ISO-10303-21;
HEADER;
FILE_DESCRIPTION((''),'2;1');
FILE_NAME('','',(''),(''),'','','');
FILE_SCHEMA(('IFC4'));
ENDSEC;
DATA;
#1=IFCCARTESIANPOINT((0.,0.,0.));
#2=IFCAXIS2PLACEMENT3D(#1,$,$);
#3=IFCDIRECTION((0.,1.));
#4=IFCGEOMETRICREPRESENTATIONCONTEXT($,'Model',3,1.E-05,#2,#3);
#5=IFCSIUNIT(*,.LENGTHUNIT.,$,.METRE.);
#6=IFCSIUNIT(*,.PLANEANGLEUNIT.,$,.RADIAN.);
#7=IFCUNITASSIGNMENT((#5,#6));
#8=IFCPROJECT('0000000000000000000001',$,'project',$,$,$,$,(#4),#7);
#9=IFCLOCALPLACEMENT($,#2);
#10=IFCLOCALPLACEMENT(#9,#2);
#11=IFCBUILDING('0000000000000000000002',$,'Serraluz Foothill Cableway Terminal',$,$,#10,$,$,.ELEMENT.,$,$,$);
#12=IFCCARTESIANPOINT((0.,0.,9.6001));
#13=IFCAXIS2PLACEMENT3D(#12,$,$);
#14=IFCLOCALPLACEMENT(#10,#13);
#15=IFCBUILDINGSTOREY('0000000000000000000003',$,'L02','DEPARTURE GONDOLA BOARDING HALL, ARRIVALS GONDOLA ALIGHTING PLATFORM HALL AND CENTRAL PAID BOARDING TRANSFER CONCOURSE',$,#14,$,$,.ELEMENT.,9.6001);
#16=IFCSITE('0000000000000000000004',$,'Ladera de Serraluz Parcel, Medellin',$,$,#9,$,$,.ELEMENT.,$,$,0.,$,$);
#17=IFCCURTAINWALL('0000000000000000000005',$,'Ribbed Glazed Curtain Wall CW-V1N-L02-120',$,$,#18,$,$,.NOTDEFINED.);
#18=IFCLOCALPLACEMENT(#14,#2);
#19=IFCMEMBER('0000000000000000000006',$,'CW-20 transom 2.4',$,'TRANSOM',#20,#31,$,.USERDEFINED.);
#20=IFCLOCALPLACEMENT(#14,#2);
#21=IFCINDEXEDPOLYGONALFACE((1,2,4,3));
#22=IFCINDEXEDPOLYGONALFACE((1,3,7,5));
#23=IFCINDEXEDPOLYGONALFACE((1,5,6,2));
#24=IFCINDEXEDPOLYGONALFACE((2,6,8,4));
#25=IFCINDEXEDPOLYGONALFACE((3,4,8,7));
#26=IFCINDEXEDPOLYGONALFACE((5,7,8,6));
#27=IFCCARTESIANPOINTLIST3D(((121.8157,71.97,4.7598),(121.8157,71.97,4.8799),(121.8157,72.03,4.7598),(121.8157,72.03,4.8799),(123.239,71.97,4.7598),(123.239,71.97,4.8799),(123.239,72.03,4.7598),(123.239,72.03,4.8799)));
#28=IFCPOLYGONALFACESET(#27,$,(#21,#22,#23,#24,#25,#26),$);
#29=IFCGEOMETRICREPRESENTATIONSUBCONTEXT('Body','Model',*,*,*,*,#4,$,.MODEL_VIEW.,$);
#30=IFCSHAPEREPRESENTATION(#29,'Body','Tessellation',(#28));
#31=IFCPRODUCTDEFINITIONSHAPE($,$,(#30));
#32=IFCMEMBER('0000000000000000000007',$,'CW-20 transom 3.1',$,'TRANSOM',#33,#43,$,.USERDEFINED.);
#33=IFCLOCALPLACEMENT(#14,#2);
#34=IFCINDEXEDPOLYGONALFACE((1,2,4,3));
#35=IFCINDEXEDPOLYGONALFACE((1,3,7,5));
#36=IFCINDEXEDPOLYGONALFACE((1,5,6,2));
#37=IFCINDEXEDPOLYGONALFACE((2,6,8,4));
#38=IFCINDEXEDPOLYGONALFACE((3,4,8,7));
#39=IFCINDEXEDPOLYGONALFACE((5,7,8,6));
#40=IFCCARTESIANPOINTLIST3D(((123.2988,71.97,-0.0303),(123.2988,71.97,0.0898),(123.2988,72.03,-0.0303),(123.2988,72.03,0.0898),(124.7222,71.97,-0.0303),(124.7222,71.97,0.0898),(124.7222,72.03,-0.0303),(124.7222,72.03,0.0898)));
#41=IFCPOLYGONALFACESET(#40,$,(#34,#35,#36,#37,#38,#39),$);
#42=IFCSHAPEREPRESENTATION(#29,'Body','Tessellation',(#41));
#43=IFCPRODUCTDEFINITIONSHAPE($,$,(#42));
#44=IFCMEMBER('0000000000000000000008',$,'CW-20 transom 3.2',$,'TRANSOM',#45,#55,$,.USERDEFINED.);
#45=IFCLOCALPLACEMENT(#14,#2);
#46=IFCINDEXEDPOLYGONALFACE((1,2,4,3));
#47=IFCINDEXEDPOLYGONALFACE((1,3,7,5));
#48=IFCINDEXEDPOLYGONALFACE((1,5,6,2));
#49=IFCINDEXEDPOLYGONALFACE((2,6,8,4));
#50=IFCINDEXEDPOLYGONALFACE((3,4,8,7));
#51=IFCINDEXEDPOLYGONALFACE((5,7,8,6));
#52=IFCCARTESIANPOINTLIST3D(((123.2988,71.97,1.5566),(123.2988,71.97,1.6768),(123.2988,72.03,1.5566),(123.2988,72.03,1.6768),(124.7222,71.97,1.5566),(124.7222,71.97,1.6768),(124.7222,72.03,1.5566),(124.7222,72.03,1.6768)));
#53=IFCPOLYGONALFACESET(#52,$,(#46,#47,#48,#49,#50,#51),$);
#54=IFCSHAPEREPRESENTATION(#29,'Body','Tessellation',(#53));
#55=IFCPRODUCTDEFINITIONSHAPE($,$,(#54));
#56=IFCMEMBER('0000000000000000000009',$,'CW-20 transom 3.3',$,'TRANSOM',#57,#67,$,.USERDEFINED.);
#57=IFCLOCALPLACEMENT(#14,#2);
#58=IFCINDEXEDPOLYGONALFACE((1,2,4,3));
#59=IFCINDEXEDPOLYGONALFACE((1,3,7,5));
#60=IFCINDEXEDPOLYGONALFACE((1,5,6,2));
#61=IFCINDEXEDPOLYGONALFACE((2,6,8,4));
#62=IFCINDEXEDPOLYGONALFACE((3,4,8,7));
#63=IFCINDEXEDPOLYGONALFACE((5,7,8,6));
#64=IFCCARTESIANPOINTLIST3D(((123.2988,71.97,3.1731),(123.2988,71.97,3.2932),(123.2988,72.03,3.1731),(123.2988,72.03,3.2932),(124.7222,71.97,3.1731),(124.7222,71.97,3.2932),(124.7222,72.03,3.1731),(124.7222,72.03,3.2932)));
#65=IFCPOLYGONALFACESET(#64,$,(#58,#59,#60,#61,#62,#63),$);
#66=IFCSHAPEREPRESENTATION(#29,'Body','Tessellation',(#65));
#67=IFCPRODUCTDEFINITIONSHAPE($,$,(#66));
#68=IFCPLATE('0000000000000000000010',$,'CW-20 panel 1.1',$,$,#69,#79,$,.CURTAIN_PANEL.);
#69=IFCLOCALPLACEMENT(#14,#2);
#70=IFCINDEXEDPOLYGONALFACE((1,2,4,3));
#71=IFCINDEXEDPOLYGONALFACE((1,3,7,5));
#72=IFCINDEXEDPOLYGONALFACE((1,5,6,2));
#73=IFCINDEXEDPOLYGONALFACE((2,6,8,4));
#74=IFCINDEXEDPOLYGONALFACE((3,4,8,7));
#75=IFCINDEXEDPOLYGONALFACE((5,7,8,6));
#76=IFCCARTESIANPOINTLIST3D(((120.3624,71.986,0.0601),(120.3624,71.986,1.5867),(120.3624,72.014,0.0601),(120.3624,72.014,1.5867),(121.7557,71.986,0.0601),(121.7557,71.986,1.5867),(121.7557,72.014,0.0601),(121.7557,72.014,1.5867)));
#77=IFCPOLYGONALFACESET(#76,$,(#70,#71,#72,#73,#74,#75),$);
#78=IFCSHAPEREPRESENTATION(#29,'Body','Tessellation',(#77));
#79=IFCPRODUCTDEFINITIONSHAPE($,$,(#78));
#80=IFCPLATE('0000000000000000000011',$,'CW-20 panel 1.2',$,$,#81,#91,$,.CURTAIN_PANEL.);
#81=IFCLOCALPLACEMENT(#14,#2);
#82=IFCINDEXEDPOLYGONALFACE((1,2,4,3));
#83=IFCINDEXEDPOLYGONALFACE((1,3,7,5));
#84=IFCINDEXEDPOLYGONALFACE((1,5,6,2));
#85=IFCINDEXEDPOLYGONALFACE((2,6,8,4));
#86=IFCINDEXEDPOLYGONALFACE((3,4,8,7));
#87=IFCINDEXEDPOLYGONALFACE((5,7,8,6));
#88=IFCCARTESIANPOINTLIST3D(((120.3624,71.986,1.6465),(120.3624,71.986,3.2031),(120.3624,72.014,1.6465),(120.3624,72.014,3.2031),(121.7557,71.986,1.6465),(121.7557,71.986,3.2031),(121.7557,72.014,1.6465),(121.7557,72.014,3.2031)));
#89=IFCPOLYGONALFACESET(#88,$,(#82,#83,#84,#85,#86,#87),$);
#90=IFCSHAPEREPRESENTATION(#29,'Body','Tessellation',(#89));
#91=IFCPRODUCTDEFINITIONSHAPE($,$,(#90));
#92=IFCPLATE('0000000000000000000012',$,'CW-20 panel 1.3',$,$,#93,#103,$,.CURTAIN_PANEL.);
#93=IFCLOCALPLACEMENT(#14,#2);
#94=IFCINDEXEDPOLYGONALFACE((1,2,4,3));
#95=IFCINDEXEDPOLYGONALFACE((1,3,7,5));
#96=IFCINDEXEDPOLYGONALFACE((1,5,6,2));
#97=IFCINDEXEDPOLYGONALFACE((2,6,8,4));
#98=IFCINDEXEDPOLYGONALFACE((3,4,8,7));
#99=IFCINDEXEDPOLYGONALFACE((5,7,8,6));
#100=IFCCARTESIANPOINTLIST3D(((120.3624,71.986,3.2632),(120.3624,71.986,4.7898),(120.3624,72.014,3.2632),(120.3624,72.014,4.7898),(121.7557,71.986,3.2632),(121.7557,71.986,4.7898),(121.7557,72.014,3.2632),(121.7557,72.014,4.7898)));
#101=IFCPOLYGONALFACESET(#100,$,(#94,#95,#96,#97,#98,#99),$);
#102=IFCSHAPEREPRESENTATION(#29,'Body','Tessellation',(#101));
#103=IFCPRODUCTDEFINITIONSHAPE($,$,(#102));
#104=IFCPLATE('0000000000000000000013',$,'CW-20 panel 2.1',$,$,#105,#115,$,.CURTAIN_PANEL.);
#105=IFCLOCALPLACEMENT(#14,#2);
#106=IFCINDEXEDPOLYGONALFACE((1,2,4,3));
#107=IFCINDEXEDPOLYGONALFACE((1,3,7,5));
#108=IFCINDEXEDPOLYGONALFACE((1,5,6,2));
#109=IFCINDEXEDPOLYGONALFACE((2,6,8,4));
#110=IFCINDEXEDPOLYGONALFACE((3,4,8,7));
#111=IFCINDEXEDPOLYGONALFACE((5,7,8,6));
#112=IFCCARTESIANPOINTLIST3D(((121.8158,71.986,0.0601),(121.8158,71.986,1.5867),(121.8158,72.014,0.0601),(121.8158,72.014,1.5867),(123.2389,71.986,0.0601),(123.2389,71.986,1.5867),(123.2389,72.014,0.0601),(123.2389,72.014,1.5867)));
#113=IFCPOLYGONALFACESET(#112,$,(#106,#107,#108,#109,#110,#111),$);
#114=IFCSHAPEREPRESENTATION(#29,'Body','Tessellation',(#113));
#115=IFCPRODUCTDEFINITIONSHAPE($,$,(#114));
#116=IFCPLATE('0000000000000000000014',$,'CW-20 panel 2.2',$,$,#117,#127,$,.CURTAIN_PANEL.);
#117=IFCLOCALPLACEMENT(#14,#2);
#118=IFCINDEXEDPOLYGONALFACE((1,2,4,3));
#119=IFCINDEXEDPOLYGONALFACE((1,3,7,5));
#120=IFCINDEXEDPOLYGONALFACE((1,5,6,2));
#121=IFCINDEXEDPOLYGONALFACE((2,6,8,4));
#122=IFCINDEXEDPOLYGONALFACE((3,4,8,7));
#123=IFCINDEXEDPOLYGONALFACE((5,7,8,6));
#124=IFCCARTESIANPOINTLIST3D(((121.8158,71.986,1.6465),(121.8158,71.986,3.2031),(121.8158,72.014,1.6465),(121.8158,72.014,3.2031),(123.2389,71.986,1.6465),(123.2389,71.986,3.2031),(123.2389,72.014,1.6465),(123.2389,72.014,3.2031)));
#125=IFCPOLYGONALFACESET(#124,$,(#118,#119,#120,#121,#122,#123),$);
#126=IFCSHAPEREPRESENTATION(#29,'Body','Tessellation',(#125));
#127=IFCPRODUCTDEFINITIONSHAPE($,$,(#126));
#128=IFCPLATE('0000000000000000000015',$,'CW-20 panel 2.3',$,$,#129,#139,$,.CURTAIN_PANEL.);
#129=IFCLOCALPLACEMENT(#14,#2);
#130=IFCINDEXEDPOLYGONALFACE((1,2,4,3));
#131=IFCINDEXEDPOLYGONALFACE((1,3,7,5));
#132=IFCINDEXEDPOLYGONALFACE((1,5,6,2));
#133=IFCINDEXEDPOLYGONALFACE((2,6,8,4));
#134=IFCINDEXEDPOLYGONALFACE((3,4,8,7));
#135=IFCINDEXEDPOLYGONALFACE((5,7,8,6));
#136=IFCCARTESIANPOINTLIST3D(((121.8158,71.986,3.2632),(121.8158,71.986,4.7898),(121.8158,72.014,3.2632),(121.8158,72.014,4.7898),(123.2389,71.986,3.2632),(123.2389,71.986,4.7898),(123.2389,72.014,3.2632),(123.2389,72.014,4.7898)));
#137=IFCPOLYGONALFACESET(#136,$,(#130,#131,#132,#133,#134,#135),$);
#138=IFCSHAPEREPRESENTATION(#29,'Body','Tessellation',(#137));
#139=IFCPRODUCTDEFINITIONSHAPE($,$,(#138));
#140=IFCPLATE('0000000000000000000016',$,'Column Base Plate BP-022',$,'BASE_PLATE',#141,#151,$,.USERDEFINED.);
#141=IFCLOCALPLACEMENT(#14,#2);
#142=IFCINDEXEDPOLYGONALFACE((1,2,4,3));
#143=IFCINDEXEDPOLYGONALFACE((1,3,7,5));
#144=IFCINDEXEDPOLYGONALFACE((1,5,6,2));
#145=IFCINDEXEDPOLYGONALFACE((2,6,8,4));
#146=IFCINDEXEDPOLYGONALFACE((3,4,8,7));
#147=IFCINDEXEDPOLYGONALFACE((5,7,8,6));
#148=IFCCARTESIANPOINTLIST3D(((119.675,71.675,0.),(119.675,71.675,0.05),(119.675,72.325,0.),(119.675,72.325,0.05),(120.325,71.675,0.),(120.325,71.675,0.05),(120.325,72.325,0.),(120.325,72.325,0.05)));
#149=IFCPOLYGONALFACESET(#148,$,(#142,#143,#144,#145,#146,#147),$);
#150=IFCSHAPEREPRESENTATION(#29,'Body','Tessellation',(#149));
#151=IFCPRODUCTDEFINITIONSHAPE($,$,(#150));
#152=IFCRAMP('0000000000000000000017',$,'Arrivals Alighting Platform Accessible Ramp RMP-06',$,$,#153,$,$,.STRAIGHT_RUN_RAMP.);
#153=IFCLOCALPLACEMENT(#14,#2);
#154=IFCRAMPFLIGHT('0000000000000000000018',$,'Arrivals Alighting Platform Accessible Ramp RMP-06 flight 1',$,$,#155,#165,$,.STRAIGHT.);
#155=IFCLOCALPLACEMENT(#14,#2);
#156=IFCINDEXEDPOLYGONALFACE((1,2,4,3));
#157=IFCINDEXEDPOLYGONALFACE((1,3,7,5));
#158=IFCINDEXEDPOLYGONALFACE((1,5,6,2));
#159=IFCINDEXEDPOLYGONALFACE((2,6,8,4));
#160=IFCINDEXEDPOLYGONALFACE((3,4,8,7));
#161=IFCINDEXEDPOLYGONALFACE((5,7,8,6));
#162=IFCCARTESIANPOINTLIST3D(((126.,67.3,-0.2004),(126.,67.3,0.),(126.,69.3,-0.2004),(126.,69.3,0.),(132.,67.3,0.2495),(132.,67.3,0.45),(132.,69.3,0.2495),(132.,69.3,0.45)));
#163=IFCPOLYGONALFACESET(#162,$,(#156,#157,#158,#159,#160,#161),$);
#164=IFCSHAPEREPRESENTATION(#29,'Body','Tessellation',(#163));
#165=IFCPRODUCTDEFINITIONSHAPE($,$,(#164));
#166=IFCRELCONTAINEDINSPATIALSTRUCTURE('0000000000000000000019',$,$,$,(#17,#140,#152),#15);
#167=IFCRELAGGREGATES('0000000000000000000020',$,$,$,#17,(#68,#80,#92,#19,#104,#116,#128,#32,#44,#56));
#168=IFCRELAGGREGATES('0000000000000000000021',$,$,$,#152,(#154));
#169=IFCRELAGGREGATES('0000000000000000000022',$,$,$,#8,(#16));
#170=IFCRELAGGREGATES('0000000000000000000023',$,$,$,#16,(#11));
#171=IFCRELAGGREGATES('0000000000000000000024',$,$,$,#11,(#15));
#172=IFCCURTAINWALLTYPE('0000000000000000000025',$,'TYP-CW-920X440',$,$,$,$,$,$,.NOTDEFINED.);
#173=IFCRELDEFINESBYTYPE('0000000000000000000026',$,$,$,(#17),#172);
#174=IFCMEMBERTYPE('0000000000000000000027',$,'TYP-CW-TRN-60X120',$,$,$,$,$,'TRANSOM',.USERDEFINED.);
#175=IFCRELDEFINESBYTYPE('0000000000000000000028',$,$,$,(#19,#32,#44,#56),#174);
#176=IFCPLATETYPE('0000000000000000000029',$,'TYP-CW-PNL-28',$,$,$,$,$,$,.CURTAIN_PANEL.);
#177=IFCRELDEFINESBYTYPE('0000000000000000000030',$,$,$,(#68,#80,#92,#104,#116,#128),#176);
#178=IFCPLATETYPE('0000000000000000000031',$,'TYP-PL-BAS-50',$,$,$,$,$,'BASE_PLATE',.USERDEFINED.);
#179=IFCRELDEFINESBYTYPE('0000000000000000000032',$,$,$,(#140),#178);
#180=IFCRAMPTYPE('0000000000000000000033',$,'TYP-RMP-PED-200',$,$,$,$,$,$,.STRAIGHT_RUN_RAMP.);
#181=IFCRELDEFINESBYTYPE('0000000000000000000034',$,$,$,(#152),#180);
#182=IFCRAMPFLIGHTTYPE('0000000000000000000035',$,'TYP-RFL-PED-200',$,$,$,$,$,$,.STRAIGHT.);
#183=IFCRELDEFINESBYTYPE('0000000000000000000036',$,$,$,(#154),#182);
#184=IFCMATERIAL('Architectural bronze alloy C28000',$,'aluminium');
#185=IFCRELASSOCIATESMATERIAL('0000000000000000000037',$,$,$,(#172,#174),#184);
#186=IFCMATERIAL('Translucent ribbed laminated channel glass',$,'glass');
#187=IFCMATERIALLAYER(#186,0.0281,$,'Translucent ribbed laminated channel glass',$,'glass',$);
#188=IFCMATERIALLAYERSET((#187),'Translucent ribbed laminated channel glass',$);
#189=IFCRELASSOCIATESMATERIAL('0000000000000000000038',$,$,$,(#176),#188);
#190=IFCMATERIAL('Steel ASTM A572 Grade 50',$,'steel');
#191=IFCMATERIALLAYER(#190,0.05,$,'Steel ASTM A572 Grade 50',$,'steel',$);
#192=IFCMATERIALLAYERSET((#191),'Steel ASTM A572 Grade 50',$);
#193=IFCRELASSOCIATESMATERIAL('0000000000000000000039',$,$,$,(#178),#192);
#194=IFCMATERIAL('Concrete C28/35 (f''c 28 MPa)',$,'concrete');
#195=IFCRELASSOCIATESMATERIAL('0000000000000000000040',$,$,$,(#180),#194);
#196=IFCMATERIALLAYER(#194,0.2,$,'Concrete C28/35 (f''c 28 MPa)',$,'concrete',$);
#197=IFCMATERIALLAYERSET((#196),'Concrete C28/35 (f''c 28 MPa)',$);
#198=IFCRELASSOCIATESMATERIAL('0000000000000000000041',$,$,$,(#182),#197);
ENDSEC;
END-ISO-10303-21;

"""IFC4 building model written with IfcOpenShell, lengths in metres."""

from ifc_helpers import new_model, si_unit, direction, frame, origin, origin_2d, place, context, subcontext, project, spatial, polyline, rectangle, outline, extrude, material, layer, layer_set, material_profile, profile_set, type_object, element, aggregate, save


model = new_model("IFC4")

# Units and contexts
model_context = context("Model", 3, precision=1e-05, world=origin(), true_north=direction((0.0, 1.0)))
body_context = subcontext(model_context, "Body", "Model", "MODEL_VIEW")
ifc_project = project(units=[si_unit("LENGTHUNIT", "METRE"), si_unit("PLANEANGLEUNIT", "RADIAN")], contexts=[model_context])

# Site, building, storey
site_placement = place(None, origin())
site = spatial("IfcSite", under=ifc_project, at=site_placement, Name="Ladera de Serraluz Parcel, Medellin", CompositionType="ELEMENT", RefElevation=0.0)
building_placement = place(site_placement, origin())
building = spatial("IfcBuilding", under=site, at=building_placement, Name="Serraluz Foothill Cableway Terminal", CompositionType="ELEMENT")
storey_placement = place(building_placement, frame((0.0, 0.0, 9.6001)))
storey = spatial("IfcBuildingStorey", under=building, at=storey_placement, Name="L02", Description="DEPARTURE GONDOLA BOARDING HALL, ARRIVALS GONDOLA ALIGHTING PLATFORM HALL AND CENTRAL PAID BOARDING TRANSFER CONCOURSE", CompositionType="ELEMENT", Elevation=9.6001)

# Shared definitions
ifc_material_1 = material(Name="Architectural bronze alloy C28000", Category="aluminium")

# Curtain wall, members, plates
curtain_wall_type_1 = type_object("IfcCurtainWallType", Name="TYP-CW-920X440", PredefinedType="NOTDEFINED", material=ifc_material_1)
curtain_wall_1_placement = place(storey_placement, origin())
curtain_wall_1 = element("IfcCurtainWall", 1, at=curtain_wall_1_placement, inside=storey, type_object=curtain_wall_type_1, Name="Ribbed Glazed Curtain Wall CW-V1N-L02-120", PredefinedType="NOTDEFINED")
ifc_material_profile_1 = material_profile(ifc_material_1, rectangle(XDim=0.0601, YDim=0.1201, at=origin_2d()), Name="ALU TRANSOM 60x120")
ifc_profile_set_1 = profile_set([ifc_material_profile_1], Name="Architectural bronze alloy C28000")
member_type_1 = type_object("IfcMemberType", Name="TYP-CW-TRN-60X120", ElementType="TRANSOM", PredefinedType="USERDEFINED", material=ifc_profile_set_1)
member_1_placement = place(storey_placement, frame((121.8157, 72.0, 4.8198), z_axis=(1.0, 0.0, 0.0), x_axis=(0.0, 1.0, 0.0)))
member_1 = element("IfcMember", 2, at=member_1_placement, type_object=member_type_1, Name="CW-20 transom 2.4", ObjectType="TRANSOM", PredefinedType="USERDEFINED", context=body_context, shape_type="SweptSolid", body=[
    extrude(rectangle(XDim=0.0601, YDim=0.1201, at=origin_2d()), origin(), (0.0, 0.0, 1.0), 1.4233),
])
member_2_placement = place(storey_placement, frame((123.2988, 72.0, 0.0298), z_axis=(1.0, 0.0, 0.0), x_axis=(0.0, 1.0, 0.0)))
member_2 = element("IfcMember", 3, at=member_2_placement, type_object=member_type_1, Name="CW-20 transom 3.1", ObjectType="TRANSOM", PredefinedType="USERDEFINED", context=body_context, shape_type="SweptSolid", body=[
    extrude(rectangle(XDim=0.0601, YDim=0.1201, at=origin_2d()), origin(), (0.0, 0.0, 1.0), 1.4233),
])
member_3_placement = place(storey_placement, frame((123.2988, 72.0, 1.6167), z_axis=(1.0, 0.0, 0.0), x_axis=(0.0, 1.0, 0.0)))
member_3 = element("IfcMember", 4, at=member_3_placement, type_object=member_type_1, Name="CW-20 transom 3.2", ObjectType="TRANSOM", PredefinedType="USERDEFINED", context=body_context, shape_type="SweptSolid", body=[
    extrude(rectangle(XDim=0.0601, YDim=0.1201, at=origin_2d()), origin(), (0.0, 0.0, 1.0), 1.4233),
])
member_4_placement = place(storey_placement, frame((123.2988, 72.0, 3.2332), z_axis=(1.0, 0.0, 0.0), x_axis=(0.0, 1.0, 0.0)))
member_4 = element("IfcMember", 5, at=member_4_placement, type_object=member_type_1, Name="CW-20 transom 3.3", ObjectType="TRANSOM", PredefinedType="USERDEFINED", context=body_context, shape_type="SweptSolid", body=[
    extrude(rectangle(XDim=0.0601, YDim=0.1201, at=origin_2d()), origin(), (0.0, 0.0, 1.0), 1.4233),
])
ifc_material_2 = material(Name="Translucent ribbed laminated channel glass", Category="glass")
ifc_layer_1 = layer(ifc_material_2, 0.0281, Name="Translucent ribbed laminated channel glass", Category="glass")
ifc_layer_set_1 = layer_set([ifc_layer_1], Name="Translucent ribbed laminated channel glass")
plate_type_1 = type_object("IfcPlateType", Name="TYP-CW-PNL-28", PredefinedType="CURTAIN_PANEL", material=ifc_layer_set_1)
plate_1_placement = place(storey_placement, frame((121.0591, 72.0, 0.0601), z_axis=(0.0, 0.0, 1.0), x_axis=(1.0, 0.0, 0.0)))
plate_1 = element("IfcPlate", 6, at=plate_1_placement, type_object=plate_type_1, Name="CW-20 panel 1.1", PredefinedType="CURTAIN_PANEL", context=body_context, shape_type="SweptSolid", body=[
    extrude(rectangle(XDim=1.3933, YDim=0.0281, at=origin_2d()), origin(), (0.0, 0.0, 1.0), 1.5266),
])
plate_2_placement = place(storey_placement, frame((121.0591, 72.0, 1.6465), z_axis=(0.0, 0.0, 1.0), x_axis=(1.0, 0.0, 0.0)))
plate_2 = element("IfcPlate", 7, at=plate_2_placement, type_object=plate_type_1, Name="CW-20 panel 1.2", PredefinedType="CURTAIN_PANEL", context=body_context, shape_type="SweptSolid", body=[
    extrude(rectangle(XDim=1.3933, YDim=0.0281, at=origin_2d()), origin(), (0.0, 0.0, 1.0), 1.5566),
])
plate_3_placement = place(storey_placement, frame((121.0591, 72.0, 3.2632), z_axis=(0.0, 0.0, 1.0), x_axis=(1.0, 0.0, 0.0)))
plate_3 = element("IfcPlate", 8, at=plate_3_placement, type_object=plate_type_1, Name="CW-20 panel 1.3", PredefinedType="CURTAIN_PANEL", context=body_context, shape_type="SweptSolid", body=[
    extrude(rectangle(XDim=1.3933, YDim=0.0281, at=origin_2d()), origin(), (0.0, 0.0, 1.0), 1.5266),
])
plate_4_placement = place(storey_placement, frame((122.5273, 72.0, 0.0601), z_axis=(0.0, 0.0, 1.0), x_axis=(1.0, 0.0, 0.0)))
plate_4 = element("IfcPlate", 9, at=plate_4_placement, type_object=plate_type_1, Name="CW-20 panel 2.1", PredefinedType="CURTAIN_PANEL", context=body_context, shape_type="SweptSolid", body=[
    extrude(rectangle(XDim=1.4231, YDim=0.0281, at=origin_2d()), origin(), (0.0, 0.0, 1.0), 1.5266),
])
plate_5_placement = place(storey_placement, frame((122.5273, 72.0, 1.6465), z_axis=(0.0, 0.0, 1.0), x_axis=(1.0, 0.0, 0.0)))
plate_5 = element("IfcPlate", 10, at=plate_5_placement, type_object=plate_type_1, Name="CW-20 panel 2.2", PredefinedType="CURTAIN_PANEL", context=body_context, shape_type="SweptSolid", body=[
    extrude(rectangle(XDim=1.4231, YDim=0.0281, at=origin_2d()), origin(), (0.0, 0.0, 1.0), 1.5566),
])
plate_6_placement = place(storey_placement, frame((122.5273, 72.0, 3.2632), z_axis=(0.0, 0.0, 1.0), x_axis=(1.0, 0.0, 0.0)))
plate_6 = element("IfcPlate", 11, at=plate_6_placement, type_object=plate_type_1, Name="CW-20 panel 2.3", PredefinedType="CURTAIN_PANEL", context=body_context, shape_type="SweptSolid", body=[
    extrude(rectangle(XDim=1.4231, YDim=0.0281, at=origin_2d()), origin(), (0.0, 0.0, 1.0), 1.5266),
])
aggregate(curtain_wall_1, [plate_1, plate_2, plate_3, member_1, plate_4, plate_5, plate_6, member_2, member_3, member_4])

# Plate
ifc_material_3 = material(Name="Steel ASTM A572 Grade 50", Category="steel")
ifc_layer_2 = layer(ifc_material_3, 0.05, Name="Steel ASTM A572 Grade 50", Category="steel")
ifc_layer_set_2 = layer_set([ifc_layer_2], Name="Steel ASTM A572 Grade 50")
plate_type_2 = type_object("IfcPlateType", Name="TYP-PL-BAS-50", ElementType="BASE_PLATE", PredefinedType="USERDEFINED", material=ifc_layer_set_2)
plate_7_placement = place(storey_placement, frame((120.0, 72.0, 0.0), z_axis=(0.0, 0.0, 1.0), x_axis=(1.0, 0.0, 0.0)))
element("IfcPlate", 12, at=plate_7_placement, inside=storey, type_object=plate_type_2, Name="Column Base Plate BP-022", ObjectType="BASE_PLATE", PredefinedType="USERDEFINED", context=body_context, shape_type="SweptSolid", body=[
    extrude(rectangle(XDim=0.6499, YDim=0.6499, at=origin_2d()), origin(), (0.0, 0.0, 1.0), 0.05),
])

# Ramp, ramp flight
ifc_material_4 = material(Name="Concrete C28/35 (f'c 28 MPa)", Category="concrete")
ramp_type = type_object("IfcRampType", Name="TYP-RMP-PED-200", PredefinedType="STRAIGHT_RUN_RAMP", material=ifc_material_4)
ramp_placement = place(storey_placement, origin())
ramp = element("IfcRamp", 13, at=ramp_placement, inside=storey, type_object=ramp_type, Name="Arrivals Alighting Platform Accessible Ramp RMP-06", PredefinedType="STRAIGHT_RUN_RAMP")
ifc_layer_3 = layer(ifc_material_4, 0.2, Name="Concrete C28/35 (f'c 28 MPa)", Category="concrete")
ifc_layer_set_3 = layer_set([ifc_layer_3], Name="Concrete C28/35 (f'c 28 MPa)")
ramp_flight_type = type_object("IfcRampFlightType", Name="TYP-RFL-PED-200", PredefinedType="STRAIGHT", material=ifc_layer_set_3)
ramp_flight_placement = place(storey_placement, frame((126.0, 68.3, 0.0), z_axis=(0.0, 0.0, 1.0), x_axis=(1.0, 0.0, 0.0)))
ramp_flight = element("IfcRampFlight", 14, at=ramp_flight_placement, type_object=ramp_flight_type, Name="Arrivals Alighting Platform Accessible Ramp RMP-06 flight 1", PredefinedType="STRAIGHT", context=body_context, shape_type="SweptSolid", body=[
    extrude(outline(polyline([(0.0, -0.2004), (6.0, 0.2495), (6.0, 0.45), (0.0, 0.0), (0.0, -0.2004)])), frame((0.0, 1.0, 0.0), z_axis=(0.0, -1.0, 0.0), x_axis=(1.0, 0.0, 0.0)), (0.0, 0.0, 1.0), 2.0),
])
aggregate(ramp, [ramp_flight])

save(model, "model.ifc")
